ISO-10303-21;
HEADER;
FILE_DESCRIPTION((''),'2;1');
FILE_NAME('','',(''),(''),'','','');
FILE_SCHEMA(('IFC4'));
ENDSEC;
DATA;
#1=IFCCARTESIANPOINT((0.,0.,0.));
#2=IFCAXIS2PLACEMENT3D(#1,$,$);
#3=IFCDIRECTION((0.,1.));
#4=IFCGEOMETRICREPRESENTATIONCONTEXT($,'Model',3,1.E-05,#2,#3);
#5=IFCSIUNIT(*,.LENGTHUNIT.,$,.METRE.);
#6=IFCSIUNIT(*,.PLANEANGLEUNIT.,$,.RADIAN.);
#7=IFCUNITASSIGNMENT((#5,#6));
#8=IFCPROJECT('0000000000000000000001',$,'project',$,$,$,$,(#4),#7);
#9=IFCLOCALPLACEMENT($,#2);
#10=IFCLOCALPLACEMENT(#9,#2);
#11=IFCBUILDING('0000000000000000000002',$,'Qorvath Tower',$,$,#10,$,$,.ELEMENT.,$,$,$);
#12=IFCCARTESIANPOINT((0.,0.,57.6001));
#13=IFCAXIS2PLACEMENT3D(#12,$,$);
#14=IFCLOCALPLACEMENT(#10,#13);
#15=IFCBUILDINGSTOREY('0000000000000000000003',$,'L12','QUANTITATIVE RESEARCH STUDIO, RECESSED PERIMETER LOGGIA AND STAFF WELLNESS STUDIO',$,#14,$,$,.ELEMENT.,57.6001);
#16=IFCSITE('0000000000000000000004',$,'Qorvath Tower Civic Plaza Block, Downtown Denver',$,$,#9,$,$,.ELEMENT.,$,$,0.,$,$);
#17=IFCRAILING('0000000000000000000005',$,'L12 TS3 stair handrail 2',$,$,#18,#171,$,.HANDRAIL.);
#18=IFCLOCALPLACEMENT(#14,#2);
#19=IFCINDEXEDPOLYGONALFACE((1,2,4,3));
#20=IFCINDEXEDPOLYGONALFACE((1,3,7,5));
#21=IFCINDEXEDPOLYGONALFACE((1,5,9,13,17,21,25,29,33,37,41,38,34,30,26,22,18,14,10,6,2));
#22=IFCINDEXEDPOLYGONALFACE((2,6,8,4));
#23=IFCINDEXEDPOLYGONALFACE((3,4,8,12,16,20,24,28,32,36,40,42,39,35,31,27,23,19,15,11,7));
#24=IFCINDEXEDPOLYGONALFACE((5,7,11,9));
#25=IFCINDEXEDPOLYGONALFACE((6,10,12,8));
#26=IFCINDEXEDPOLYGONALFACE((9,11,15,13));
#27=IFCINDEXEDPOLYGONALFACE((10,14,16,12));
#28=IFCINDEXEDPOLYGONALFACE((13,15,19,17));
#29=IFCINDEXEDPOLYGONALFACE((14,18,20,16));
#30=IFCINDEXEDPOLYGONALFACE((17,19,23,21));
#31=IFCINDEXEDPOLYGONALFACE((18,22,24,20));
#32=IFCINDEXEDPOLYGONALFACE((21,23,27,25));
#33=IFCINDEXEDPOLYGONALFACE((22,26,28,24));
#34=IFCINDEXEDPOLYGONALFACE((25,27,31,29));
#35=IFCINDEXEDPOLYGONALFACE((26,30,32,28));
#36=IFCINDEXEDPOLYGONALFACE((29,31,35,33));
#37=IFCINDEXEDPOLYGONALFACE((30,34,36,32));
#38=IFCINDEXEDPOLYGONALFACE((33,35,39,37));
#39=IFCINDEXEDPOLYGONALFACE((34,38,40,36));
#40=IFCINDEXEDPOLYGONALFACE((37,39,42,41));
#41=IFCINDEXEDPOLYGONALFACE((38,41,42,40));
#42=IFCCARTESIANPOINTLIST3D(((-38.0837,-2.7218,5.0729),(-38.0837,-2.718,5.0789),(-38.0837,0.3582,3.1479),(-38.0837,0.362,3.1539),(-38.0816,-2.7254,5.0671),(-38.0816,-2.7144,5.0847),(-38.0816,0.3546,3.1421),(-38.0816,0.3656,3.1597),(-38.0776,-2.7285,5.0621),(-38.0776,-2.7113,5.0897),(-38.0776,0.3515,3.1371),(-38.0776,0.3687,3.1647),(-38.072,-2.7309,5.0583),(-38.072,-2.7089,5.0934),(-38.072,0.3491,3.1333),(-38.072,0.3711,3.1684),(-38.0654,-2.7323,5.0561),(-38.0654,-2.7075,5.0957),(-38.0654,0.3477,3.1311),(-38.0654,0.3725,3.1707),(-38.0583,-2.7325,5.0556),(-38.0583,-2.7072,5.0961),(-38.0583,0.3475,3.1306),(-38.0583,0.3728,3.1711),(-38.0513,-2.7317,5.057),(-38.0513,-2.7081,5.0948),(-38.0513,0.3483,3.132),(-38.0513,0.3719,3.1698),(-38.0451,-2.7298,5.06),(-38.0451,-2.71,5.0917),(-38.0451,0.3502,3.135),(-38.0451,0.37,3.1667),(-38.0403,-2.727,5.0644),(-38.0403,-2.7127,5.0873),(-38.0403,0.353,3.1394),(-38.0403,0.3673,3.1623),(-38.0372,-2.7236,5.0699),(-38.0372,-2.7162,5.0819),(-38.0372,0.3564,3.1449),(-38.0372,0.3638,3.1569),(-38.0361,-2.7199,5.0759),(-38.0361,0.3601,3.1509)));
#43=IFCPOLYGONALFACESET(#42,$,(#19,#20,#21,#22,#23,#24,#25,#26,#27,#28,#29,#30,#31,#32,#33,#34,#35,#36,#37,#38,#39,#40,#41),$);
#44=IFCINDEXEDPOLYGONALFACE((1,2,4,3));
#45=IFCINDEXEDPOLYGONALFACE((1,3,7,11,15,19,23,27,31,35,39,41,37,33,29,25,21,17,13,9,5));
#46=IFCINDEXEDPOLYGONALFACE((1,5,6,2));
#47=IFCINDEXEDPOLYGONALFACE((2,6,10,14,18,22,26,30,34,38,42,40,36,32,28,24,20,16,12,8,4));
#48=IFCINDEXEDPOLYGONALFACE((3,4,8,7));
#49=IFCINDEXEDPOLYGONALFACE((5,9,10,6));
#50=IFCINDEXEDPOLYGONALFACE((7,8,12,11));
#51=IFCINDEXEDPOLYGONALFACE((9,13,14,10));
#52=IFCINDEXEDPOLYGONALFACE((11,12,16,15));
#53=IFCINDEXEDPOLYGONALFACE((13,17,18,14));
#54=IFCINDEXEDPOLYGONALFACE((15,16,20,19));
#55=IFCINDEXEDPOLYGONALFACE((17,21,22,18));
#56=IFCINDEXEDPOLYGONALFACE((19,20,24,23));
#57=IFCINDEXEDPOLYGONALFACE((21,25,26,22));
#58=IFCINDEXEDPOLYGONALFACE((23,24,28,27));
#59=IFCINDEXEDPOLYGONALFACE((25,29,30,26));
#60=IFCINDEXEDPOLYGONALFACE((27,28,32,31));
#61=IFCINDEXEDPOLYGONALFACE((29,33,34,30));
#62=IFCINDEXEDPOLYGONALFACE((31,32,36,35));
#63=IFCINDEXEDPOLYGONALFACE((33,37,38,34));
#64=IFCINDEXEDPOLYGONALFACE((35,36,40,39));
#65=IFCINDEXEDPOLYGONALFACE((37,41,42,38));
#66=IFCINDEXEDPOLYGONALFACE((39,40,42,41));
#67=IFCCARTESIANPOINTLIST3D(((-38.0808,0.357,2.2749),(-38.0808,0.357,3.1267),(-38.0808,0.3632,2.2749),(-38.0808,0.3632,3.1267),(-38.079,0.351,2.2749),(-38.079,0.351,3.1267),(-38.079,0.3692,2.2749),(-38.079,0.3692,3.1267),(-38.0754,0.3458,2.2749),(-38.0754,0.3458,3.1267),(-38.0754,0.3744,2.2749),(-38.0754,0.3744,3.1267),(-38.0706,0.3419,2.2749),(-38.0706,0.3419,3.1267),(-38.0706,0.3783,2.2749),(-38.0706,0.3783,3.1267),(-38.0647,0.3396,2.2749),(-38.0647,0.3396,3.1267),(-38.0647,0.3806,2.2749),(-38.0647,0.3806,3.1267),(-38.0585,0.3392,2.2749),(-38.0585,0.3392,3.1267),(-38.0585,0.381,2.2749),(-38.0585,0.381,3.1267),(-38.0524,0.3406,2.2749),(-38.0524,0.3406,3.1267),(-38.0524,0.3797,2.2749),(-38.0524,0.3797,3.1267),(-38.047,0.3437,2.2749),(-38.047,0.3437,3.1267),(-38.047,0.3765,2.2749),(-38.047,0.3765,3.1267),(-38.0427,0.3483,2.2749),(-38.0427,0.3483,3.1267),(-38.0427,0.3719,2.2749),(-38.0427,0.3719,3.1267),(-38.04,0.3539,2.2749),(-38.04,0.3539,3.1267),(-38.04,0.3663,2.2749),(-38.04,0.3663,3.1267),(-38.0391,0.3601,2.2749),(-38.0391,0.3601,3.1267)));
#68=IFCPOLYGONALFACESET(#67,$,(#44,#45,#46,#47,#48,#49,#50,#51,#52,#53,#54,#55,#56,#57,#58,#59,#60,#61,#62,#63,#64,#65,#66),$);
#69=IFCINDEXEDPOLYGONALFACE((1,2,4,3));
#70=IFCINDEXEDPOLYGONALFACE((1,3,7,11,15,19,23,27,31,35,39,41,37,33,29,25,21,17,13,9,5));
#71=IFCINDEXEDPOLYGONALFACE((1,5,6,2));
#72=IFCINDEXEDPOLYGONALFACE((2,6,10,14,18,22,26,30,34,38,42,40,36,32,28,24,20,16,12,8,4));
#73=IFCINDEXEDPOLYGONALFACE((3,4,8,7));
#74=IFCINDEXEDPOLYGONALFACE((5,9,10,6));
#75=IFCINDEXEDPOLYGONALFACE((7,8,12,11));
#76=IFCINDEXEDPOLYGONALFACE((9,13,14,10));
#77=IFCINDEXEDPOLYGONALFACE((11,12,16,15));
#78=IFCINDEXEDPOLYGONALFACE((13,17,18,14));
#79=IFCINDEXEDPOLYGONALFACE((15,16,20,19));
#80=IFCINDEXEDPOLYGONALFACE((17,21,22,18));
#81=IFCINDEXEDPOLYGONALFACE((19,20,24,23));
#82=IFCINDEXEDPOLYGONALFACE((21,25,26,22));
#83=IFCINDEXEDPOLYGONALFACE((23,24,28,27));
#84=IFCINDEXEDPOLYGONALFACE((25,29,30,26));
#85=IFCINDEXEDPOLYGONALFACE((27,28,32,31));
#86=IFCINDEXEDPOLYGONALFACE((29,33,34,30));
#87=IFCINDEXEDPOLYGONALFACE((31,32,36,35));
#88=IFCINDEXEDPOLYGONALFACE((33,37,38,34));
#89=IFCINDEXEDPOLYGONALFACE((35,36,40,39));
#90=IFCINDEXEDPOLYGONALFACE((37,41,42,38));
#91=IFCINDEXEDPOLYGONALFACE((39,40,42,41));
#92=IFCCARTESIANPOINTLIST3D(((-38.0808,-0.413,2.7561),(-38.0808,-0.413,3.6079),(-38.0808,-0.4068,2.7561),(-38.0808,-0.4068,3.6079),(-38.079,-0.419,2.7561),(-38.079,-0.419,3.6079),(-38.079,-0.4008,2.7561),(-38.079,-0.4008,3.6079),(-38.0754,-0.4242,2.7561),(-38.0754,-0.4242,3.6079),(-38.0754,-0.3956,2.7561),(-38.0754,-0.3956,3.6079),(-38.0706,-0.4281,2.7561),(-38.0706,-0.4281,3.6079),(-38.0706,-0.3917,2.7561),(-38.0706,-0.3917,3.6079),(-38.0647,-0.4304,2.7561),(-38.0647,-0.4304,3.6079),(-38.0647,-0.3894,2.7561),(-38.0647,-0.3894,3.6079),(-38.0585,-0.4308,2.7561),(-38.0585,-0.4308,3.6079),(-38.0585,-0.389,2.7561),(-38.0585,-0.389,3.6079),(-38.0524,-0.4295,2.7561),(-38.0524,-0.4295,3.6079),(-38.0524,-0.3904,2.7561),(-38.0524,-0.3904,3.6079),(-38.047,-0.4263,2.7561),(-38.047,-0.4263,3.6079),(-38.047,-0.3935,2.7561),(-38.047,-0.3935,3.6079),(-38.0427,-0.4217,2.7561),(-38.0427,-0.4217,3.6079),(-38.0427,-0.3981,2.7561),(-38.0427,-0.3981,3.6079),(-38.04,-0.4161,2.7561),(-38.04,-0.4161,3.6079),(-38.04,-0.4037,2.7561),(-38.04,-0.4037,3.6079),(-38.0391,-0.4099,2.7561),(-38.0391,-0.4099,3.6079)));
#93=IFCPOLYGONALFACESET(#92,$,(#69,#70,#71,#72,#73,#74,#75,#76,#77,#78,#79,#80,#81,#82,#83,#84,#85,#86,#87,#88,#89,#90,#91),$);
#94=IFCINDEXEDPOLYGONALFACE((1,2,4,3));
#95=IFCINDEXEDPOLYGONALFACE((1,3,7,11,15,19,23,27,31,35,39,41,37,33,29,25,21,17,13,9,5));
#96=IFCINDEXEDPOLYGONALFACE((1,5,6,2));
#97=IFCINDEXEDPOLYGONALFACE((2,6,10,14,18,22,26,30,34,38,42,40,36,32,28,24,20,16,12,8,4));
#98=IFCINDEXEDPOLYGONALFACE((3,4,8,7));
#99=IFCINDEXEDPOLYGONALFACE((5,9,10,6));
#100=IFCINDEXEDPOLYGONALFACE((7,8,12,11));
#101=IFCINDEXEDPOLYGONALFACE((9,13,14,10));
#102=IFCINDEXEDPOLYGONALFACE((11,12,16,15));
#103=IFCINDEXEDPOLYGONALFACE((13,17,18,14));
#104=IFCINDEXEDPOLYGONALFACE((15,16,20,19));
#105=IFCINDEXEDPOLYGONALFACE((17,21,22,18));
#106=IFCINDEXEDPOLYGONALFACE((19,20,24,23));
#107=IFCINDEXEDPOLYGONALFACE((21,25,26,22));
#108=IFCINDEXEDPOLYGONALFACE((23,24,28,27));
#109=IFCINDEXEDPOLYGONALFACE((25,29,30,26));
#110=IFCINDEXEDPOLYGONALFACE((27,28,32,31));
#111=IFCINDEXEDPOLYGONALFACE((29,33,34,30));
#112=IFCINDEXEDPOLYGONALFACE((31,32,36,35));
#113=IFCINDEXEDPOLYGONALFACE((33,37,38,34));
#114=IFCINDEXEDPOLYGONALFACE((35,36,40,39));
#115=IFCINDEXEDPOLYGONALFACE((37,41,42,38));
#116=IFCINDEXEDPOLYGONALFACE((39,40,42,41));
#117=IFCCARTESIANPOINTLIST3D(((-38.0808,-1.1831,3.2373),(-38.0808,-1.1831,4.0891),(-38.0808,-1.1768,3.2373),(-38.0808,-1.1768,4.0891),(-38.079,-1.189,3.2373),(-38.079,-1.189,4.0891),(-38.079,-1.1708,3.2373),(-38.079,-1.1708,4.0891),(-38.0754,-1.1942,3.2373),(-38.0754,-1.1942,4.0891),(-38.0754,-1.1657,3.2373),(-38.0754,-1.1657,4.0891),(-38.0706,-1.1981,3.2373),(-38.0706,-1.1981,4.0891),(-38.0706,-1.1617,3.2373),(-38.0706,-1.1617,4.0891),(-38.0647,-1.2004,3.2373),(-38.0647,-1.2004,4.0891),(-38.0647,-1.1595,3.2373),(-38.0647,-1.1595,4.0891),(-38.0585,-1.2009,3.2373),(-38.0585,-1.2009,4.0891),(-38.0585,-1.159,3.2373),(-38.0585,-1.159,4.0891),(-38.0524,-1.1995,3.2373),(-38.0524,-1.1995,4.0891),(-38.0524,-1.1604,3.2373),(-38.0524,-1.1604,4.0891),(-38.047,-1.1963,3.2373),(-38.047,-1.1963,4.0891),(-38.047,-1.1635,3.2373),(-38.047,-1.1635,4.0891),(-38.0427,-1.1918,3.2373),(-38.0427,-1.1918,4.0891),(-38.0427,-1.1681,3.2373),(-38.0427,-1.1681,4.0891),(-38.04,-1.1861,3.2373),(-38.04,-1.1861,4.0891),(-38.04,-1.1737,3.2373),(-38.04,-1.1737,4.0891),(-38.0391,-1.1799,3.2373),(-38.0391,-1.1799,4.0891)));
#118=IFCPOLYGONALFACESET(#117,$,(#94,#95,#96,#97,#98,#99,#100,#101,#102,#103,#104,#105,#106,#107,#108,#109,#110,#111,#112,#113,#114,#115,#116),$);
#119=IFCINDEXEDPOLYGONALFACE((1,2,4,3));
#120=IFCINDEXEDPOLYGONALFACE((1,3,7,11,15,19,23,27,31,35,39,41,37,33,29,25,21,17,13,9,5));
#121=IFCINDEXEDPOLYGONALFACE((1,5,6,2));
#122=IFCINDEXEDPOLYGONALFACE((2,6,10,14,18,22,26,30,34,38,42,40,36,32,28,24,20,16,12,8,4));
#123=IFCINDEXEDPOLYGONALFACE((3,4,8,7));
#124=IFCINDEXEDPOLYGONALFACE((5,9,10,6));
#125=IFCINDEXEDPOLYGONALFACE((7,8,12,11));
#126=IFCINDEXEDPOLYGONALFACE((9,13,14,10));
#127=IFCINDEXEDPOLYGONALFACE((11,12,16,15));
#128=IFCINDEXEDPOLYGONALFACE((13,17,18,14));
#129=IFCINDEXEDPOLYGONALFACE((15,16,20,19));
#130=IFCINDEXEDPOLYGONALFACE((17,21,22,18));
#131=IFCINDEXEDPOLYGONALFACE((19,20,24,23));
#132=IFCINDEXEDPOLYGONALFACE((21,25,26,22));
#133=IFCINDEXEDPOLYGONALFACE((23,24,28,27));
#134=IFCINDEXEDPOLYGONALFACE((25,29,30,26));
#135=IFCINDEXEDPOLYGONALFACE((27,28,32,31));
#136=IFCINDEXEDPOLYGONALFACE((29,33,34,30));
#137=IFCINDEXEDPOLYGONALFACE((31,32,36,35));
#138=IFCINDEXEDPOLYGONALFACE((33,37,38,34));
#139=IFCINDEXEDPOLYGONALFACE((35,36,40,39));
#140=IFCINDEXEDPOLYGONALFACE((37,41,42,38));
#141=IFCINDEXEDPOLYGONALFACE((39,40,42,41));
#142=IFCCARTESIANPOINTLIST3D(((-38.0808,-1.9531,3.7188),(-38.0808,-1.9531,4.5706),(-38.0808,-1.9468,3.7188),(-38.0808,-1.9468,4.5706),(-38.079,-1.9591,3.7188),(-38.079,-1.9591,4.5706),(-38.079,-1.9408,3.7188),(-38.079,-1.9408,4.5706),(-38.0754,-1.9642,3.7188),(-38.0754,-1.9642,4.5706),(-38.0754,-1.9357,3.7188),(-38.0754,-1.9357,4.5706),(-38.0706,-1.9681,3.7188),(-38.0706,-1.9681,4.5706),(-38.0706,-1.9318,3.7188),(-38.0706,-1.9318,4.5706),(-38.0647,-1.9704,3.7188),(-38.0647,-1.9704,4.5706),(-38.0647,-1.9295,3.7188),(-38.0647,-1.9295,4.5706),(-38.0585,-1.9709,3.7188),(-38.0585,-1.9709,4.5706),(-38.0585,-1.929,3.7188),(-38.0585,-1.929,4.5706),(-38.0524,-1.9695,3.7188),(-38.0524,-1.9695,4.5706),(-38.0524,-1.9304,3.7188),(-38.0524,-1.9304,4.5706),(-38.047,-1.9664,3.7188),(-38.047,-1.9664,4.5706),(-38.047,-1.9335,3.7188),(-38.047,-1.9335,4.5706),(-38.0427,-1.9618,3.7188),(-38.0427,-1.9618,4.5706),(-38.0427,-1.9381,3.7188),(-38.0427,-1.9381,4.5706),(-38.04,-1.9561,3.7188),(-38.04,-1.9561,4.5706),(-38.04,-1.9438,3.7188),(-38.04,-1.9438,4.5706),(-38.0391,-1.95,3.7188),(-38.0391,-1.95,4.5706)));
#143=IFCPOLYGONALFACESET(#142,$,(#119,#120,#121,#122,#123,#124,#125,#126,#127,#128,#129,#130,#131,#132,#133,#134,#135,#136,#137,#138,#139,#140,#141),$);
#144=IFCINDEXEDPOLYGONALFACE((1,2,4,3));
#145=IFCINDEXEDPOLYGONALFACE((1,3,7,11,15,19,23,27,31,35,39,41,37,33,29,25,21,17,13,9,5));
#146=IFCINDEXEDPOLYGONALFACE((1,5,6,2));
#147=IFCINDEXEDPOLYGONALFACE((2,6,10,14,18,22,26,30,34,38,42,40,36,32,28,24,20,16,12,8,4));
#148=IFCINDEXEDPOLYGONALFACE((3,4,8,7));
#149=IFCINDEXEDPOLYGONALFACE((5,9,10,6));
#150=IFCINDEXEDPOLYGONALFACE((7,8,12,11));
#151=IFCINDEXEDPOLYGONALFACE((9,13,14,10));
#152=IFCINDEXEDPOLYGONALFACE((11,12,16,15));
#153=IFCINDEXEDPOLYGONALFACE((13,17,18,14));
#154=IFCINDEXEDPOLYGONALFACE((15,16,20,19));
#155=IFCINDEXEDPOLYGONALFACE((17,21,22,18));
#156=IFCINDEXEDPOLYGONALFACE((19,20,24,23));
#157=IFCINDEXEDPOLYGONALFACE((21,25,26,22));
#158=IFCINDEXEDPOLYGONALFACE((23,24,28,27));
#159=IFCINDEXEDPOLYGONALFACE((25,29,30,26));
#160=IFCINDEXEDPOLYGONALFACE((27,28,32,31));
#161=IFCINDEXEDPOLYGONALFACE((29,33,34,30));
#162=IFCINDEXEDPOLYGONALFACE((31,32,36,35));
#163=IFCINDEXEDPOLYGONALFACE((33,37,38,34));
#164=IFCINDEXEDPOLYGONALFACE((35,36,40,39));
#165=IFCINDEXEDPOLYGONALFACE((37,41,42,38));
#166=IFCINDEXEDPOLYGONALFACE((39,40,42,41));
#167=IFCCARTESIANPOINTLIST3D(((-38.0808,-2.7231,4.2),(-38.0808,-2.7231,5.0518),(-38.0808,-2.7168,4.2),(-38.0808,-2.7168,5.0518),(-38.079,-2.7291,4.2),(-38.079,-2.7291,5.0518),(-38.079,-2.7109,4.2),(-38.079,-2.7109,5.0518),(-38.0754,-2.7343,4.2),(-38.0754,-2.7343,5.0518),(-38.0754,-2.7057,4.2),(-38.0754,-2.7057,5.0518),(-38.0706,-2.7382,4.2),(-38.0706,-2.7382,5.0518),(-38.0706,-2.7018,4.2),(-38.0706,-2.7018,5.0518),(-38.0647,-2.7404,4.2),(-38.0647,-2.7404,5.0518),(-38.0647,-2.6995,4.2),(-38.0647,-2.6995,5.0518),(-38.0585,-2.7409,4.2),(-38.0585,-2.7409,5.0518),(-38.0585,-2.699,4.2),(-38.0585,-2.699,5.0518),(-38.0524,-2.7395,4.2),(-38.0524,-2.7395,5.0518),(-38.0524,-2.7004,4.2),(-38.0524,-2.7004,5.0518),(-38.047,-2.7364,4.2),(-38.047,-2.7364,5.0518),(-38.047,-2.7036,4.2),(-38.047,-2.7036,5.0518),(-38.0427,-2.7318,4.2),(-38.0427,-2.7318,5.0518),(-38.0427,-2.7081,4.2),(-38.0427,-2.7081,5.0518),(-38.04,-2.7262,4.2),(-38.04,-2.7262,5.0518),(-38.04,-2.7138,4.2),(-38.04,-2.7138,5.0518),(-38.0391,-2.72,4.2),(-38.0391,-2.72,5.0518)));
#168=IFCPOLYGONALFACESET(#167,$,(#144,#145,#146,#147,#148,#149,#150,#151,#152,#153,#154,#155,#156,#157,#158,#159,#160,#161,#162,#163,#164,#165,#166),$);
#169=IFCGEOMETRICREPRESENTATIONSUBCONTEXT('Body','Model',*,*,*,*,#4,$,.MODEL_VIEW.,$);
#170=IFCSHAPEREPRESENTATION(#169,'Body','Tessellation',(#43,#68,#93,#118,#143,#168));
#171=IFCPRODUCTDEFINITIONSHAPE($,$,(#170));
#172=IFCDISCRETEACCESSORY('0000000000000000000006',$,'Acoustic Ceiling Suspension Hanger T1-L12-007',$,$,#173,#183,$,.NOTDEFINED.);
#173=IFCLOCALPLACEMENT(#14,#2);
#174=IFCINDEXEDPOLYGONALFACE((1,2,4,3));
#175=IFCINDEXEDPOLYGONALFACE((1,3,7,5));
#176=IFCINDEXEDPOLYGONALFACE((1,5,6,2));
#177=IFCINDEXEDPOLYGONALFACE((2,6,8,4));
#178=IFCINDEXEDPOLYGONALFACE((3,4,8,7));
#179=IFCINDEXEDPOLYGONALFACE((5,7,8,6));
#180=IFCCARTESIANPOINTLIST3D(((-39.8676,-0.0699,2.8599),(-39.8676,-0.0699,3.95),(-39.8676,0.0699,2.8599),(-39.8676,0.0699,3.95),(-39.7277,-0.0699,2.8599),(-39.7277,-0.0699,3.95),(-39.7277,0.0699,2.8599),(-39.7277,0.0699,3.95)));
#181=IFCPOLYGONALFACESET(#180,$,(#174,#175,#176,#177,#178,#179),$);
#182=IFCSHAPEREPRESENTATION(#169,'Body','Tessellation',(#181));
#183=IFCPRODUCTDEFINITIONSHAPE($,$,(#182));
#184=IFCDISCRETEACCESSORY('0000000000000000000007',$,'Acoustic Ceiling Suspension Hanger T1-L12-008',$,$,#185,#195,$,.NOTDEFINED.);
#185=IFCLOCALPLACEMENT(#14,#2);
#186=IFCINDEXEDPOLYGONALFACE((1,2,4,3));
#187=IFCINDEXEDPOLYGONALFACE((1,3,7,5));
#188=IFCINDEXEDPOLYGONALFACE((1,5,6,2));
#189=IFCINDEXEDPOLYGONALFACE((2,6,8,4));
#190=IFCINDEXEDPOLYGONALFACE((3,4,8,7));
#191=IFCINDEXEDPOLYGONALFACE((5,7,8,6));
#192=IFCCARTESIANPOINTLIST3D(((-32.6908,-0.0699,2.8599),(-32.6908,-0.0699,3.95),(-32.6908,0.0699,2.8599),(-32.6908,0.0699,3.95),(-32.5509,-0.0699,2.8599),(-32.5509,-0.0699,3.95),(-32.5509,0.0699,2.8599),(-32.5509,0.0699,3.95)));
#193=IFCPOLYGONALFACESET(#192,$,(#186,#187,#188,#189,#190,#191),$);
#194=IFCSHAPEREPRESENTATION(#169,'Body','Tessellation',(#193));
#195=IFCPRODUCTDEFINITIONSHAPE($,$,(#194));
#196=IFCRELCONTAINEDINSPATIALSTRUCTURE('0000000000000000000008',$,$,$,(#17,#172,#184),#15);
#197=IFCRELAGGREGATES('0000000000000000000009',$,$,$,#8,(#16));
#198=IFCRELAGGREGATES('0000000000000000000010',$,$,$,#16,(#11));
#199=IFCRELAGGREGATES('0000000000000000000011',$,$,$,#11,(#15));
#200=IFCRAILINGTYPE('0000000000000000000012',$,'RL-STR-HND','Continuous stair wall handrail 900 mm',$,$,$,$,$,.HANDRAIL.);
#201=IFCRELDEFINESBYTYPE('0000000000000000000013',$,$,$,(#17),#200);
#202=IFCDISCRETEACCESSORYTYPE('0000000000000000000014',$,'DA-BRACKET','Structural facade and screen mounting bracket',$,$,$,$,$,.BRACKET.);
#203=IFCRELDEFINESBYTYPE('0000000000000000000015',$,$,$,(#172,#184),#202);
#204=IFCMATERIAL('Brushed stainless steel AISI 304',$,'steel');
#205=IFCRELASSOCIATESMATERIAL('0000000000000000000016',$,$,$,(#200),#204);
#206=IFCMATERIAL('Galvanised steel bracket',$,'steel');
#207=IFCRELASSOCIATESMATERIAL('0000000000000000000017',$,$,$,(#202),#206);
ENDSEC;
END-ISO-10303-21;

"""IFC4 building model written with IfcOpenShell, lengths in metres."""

from ifc_helpers import new_model, si_unit, direction, frame, origin, origin_2d, place, context, subcontext, project, spatial, rectangle, circle, extrude, material, type_object, element, save


model = new_model("IFC4")

# Units and contexts
model_context = context("Model", 3, precision=1e-05, world=origin(), true_north=direction((0.0, 1.0)))
body_context = subcontext(model_context, "Body", "Model", "MODEL_VIEW")
ifc_project = project(units=[si_unit("LENGTHUNIT", "METRE"), si_unit("PLANEANGLEUNIT", "RADIAN")], contexts=[model_context])

# Site, building, storey
site_placement = place(None, origin())
site = spatial("IfcSite", under=ifc_project, at=site_placement, Name="Qorvath Tower Civic Plaza Block, Downtown Denver", CompositionType="ELEMENT", RefElevation=0.0)
building_placement = place(site_placement, origin())
building = spatial("IfcBuilding", under=site, at=building_placement, Name="Qorvath Tower", CompositionType="ELEMENT")
storey_placement = place(building_placement, frame((0.0, 0.0, 57.6001)))
storey = spatial("IfcBuildingStorey", under=building, at=storey_placement, Name="L12", Description="QUANTITATIVE RESEARCH STUDIO, RECESSED PERIMETER LOGGIA AND STAFF WELLNESS STUDIO", CompositionType="ELEMENT", Elevation=57.6001)

# Railing
ifc_material_1 = material(Name="Brushed stainless steel AISI 304", Category="steel")
railing_type_1 = type_object("IfcRailingType", Name="RL-STR-HND", Description="Continuous stair wall handrail 900 mm", PredefinedType="HANDRAIL", material=ifc_material_1)
railing_1_placement = place(storey_placement, frame((-38.0601, 0.3601, 2.2749)))
element("IfcRailing", 1, at=railing_1_placement, inside=storey, type_object=railing_type_1, Name="L12 TS3 stair handrail 2", PredefinedType="HANDRAIL", context=body_context, shape_type="SweptSolid", body=[
    extrude(circle(Radius=0.0239, at=origin_2d()), frame((0.0, 0.0, 0.876), z_axis=(0.0, -0.847998, 0.529999), x_axis=(1.0, 0.0, 0.0)), (0.0, 0.0, 1.0), 3.6321),
    extrude(circle(Radius=0.021, at=origin_2d()), origin(), (0.0, 0.0, 1.0), 0.8518),
    extrude(circle(Radius=0.021, at=origin_2d()), frame((0.0, -0.77, 0.4812)), (0.0, 0.0, 1.0), 0.8518),
    extrude(circle(Radius=0.021, at=origin_2d()), frame((0.0, -1.54, 0.9624)), (0.0, 0.0, 1.0), 0.8518),
    extrude(circle(Radius=0.021, at=origin_2d()), frame((0.0, -2.3101, 1.4438)), (0.0, 0.0, 1.0), 0.8518),
    extrude(circle(Radius=0.021, at=origin_2d()), frame((0.0, -3.0801, 1.925)), (0.0, 0.0, 1.0), 0.8518),
])

# Discrete accessories
ifc_material_2 = material(Name="Galvanised steel bracket", Category="steel")
discrete_accessory_type = type_object("IfcDiscreteAccessoryType", Name="DA-BRACKET", Description="Structural facade and screen mounting bracket", PredefinedType="BRACKET", material=ifc_material_2)
for number, where, z_axis, x_axis, name in (
    (2, (-39.7976, 0.0, 2.8599), (0.0, 0.0, 1.0), (1.0, 0.0, 0.0), "Acoustic Ceiling Suspension Hanger T1-L12-007"),
    (3, (-32.6208, 0.0, 2.8599), (0.0, 0.0, 1.0), (1.0, 0.0, 0.0), "Acoustic Ceiling Suspension Hanger T1-L12-008"),
):
    element("IfcDiscreteAccessory", number, at=place(storey_placement, frame(where, z_axis=z_axis, x_axis=x_axis)), inside=storey, type_object=discrete_accessory_type, Name=name, PredefinedType="NOTDEFINED", context=body_context, shape_type="SweptSolid", body=[
        extrude(rectangle(XDim=0.1399, YDim=0.1399, at=origin_2d()), origin(), (0.0, 0.0, 1.0), 1.0901),
    ])

save(model, "model.ifc")
